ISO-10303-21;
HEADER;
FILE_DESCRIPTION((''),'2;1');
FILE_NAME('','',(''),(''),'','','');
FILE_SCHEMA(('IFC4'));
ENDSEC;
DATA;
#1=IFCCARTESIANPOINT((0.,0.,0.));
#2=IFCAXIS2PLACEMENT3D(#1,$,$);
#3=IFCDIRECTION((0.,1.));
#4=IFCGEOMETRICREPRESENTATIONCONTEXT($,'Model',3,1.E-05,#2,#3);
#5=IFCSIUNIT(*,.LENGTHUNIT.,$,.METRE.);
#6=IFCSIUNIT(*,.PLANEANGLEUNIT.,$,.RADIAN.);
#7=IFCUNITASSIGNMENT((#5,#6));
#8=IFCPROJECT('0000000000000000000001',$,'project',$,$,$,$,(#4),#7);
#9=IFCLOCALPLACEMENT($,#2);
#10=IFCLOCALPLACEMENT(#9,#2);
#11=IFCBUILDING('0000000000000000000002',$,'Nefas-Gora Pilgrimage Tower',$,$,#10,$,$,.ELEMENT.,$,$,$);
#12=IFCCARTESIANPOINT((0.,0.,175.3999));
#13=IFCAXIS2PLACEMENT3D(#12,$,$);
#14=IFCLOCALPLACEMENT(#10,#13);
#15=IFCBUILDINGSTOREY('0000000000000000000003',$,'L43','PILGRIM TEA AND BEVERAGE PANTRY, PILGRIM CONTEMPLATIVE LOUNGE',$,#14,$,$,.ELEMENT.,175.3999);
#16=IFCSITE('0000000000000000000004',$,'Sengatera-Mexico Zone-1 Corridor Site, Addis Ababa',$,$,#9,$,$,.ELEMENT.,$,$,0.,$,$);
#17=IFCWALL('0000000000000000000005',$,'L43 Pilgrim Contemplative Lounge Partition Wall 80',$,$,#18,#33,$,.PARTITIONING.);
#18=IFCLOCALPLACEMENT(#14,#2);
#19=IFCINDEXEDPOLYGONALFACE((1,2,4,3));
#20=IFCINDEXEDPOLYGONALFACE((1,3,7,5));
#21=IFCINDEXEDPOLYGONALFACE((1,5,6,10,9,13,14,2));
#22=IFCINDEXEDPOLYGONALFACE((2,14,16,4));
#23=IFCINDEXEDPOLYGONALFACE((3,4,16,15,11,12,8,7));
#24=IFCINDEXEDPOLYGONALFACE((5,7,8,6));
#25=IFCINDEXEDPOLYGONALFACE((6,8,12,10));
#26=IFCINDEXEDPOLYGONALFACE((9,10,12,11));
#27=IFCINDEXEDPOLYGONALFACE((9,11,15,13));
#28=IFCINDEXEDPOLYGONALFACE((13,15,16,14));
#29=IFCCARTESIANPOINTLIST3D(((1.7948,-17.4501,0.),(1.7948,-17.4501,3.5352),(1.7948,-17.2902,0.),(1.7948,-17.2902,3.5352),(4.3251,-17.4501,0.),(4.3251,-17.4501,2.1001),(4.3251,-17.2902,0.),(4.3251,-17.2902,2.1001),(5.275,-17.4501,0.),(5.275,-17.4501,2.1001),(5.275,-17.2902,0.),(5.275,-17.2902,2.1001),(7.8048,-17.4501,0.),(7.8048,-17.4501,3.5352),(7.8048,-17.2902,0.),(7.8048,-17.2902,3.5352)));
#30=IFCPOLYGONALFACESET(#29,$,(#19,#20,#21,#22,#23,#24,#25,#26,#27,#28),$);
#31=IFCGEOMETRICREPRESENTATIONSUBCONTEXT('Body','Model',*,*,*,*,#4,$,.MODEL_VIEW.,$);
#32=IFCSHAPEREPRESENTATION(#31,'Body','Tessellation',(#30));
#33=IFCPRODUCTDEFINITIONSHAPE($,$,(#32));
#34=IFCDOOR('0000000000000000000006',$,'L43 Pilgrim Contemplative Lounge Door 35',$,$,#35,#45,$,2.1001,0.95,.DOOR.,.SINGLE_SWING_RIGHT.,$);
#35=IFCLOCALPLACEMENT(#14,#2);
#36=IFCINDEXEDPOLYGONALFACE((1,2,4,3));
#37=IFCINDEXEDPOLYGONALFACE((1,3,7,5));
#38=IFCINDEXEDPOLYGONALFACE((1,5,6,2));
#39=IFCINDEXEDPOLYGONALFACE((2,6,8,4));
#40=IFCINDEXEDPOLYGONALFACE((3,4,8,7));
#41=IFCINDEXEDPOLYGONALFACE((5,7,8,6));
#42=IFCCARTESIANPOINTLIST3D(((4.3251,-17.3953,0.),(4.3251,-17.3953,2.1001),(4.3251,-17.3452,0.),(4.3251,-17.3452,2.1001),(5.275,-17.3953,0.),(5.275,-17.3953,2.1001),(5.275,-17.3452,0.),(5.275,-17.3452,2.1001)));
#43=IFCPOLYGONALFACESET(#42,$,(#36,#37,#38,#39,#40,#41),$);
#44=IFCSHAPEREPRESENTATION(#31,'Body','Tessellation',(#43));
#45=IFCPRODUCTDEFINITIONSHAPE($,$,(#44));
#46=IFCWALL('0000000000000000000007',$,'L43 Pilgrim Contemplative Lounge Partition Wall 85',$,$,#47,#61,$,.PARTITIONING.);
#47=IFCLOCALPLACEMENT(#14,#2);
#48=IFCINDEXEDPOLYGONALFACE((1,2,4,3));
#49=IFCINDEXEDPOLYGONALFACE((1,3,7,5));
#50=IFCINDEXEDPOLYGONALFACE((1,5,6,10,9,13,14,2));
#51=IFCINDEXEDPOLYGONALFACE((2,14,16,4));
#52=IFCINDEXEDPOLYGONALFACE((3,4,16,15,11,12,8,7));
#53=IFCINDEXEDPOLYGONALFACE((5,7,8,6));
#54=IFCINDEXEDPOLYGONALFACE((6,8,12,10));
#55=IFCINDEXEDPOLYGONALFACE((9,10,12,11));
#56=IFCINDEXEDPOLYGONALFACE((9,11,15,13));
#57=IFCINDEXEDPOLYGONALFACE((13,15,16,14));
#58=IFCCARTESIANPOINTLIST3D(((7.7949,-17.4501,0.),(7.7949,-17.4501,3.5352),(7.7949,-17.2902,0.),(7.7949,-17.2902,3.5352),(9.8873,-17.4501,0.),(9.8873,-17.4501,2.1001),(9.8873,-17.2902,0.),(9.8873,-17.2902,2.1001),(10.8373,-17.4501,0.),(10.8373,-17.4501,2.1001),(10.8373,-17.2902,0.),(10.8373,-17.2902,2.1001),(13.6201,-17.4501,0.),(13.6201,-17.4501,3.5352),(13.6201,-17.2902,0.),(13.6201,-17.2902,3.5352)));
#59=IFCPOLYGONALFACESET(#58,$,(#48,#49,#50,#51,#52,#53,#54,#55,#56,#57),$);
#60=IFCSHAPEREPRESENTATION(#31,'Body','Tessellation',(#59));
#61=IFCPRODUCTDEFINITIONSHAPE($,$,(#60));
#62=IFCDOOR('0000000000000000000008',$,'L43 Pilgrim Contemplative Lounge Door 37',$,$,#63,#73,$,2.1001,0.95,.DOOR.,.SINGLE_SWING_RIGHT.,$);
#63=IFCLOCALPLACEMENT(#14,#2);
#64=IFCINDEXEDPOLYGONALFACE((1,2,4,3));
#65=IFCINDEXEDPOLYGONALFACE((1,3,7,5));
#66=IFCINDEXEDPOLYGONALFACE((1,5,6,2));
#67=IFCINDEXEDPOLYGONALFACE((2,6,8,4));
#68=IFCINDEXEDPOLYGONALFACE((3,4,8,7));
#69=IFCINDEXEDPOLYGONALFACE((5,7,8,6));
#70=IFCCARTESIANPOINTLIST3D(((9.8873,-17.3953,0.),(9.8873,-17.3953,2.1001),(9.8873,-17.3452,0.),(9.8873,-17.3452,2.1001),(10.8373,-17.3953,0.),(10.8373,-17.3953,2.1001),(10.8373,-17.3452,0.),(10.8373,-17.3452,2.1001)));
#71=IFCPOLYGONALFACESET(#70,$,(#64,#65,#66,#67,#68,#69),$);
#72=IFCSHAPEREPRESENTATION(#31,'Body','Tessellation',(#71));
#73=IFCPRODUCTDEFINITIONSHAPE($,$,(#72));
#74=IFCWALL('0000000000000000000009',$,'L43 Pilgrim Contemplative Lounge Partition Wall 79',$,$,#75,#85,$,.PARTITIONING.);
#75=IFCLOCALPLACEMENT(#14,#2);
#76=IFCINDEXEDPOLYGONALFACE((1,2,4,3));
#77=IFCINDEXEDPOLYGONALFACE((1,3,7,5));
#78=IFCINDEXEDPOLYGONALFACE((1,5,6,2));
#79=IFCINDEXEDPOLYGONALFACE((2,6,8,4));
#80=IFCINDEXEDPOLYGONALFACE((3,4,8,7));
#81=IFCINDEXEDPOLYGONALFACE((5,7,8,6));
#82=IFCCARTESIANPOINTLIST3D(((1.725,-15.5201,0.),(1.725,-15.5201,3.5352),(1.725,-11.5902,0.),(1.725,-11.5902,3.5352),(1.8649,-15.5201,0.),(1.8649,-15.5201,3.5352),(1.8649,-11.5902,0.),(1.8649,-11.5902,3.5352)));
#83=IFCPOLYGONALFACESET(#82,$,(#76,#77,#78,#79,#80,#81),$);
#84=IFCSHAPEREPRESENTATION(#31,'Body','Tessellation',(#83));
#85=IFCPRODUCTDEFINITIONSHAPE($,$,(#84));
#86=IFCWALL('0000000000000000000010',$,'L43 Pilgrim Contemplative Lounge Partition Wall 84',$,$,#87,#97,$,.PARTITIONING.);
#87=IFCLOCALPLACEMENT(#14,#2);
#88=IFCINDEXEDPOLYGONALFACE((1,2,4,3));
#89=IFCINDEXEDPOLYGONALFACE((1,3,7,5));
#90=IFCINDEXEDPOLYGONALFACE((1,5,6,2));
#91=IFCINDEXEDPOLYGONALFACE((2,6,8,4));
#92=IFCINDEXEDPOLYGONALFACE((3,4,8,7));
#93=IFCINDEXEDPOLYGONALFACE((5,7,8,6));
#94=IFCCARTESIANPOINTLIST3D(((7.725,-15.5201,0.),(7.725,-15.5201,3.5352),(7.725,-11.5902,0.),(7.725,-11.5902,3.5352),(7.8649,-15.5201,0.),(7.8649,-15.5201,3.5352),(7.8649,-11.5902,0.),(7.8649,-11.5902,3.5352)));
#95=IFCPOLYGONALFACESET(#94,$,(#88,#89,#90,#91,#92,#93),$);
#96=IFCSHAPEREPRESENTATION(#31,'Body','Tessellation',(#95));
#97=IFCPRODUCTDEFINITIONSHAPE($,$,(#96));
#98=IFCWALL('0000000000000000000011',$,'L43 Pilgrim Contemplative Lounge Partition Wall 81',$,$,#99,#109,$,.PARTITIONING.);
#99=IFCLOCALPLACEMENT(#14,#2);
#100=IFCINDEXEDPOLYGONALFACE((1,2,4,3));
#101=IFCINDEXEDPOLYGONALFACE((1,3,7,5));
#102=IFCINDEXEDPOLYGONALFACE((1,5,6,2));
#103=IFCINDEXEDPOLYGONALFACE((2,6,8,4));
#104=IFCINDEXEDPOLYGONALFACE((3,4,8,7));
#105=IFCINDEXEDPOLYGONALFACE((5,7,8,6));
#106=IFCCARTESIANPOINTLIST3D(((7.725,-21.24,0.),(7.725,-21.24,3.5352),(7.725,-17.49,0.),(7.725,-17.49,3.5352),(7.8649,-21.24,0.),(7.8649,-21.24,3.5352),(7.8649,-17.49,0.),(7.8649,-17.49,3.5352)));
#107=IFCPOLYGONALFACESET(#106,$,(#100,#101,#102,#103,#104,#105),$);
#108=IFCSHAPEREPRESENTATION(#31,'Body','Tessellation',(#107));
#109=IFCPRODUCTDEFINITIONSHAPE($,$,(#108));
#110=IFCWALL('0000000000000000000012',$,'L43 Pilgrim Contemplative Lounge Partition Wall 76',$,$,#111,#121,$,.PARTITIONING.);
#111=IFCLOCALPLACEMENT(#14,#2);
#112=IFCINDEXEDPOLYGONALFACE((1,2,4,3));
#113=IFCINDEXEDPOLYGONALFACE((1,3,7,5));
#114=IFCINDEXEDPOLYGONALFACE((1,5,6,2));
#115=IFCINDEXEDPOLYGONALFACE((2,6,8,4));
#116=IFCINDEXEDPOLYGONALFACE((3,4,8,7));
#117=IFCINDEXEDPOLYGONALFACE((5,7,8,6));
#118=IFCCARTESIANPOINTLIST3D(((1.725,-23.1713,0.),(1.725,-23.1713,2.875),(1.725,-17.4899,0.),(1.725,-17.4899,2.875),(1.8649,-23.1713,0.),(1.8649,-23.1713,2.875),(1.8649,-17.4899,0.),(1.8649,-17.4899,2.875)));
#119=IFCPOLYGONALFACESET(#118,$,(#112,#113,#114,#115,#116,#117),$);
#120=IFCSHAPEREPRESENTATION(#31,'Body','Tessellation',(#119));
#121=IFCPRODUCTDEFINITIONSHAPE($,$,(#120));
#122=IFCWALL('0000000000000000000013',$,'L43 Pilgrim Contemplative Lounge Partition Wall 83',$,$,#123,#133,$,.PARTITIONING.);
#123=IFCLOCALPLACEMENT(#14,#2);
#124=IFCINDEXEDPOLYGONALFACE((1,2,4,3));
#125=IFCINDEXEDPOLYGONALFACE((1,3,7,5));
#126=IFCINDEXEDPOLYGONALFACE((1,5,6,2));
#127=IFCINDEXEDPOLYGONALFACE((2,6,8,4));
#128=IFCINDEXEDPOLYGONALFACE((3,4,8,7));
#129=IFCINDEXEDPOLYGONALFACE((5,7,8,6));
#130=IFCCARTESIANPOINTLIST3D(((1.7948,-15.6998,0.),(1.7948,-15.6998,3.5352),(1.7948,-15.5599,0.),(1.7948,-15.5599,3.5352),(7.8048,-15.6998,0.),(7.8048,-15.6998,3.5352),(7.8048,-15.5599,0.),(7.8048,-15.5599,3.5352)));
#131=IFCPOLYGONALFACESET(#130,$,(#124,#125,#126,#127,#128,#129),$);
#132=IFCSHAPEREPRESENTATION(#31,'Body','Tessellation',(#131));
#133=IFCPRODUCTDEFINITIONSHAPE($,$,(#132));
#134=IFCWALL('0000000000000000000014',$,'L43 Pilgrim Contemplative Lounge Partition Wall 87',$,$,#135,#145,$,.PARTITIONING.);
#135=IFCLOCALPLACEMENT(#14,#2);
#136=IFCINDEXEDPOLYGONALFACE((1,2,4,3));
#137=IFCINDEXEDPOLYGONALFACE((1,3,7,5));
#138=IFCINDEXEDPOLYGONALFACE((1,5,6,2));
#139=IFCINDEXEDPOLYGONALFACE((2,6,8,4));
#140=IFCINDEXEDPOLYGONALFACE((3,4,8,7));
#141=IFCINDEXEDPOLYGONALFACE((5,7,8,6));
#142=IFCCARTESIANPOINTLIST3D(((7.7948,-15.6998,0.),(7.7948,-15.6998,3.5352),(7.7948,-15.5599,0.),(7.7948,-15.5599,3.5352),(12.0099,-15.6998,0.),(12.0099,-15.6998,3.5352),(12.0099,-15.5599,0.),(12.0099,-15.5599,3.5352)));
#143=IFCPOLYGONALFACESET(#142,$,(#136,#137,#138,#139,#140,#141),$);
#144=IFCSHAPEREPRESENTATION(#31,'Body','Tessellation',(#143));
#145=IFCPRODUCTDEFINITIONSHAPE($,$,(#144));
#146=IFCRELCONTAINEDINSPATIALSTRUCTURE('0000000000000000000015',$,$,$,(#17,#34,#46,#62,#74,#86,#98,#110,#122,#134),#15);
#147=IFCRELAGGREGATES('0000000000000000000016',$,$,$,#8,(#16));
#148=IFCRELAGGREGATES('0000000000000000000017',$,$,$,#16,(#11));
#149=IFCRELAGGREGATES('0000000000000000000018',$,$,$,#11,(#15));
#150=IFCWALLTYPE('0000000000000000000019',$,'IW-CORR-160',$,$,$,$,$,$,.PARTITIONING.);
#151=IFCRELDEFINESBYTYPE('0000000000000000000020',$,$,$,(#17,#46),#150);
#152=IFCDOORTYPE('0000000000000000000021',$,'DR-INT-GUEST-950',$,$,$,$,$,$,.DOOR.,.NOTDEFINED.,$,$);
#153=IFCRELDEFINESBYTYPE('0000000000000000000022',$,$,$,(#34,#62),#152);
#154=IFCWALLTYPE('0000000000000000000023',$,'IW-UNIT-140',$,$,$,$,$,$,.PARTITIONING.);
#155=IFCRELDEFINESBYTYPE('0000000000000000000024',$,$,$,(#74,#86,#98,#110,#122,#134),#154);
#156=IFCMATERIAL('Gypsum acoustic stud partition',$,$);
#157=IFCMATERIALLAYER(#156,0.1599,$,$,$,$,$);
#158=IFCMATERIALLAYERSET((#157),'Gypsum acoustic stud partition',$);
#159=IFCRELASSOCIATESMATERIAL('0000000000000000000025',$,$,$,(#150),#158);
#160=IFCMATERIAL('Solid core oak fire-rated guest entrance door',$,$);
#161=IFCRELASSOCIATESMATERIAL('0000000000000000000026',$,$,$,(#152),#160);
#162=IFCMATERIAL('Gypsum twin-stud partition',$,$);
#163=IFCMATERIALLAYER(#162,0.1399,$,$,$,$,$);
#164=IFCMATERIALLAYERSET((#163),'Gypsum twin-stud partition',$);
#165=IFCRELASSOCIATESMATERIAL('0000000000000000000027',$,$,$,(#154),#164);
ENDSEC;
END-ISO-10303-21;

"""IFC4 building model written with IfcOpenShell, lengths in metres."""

from ifc_helpers import new_model, si_unit, direction, frame, frame_2d, origin, place, context, subcontext, project, spatial, rectangle, extrude, source, transform, mapped, material, layer, layer_set, type_object, element, fill, save


model = new_model("IFC4")

# Units and contexts
model_context = context("Model", 3, precision=1e-05, world=origin(), true_north=direction((0.0, 1.0)))
body_context = subcontext(model_context, "Body", "Model", "MODEL_VIEW")
ifc_project = project(units=[si_unit("LENGTHUNIT", "METRE"), si_unit("PLANEANGLEUNIT", "RADIAN")], contexts=[model_context])

# Site, building, storey
site_placement = place(None, origin())
site = spatial("IfcSite", under=ifc_project, at=site_placement, Name="Sengatera-Mexico Zone-1 Corridor Site, Addis Ababa", CompositionType="ELEMENT", RefElevation=0.0)
building_placement = place(site_placement, origin())
building = spatial("IfcBuilding", under=site, at=building_placement, Name="Nefas-Gora Pilgrimage Tower", CompositionType="ELEMENT")
storey_placement = place(building_placement, frame((0.0, 0.0, 175.3999)))
storey = spatial("IfcBuildingStorey", under=building, at=storey_placement, Name="L43", Description="PILGRIM TEA AND BEVERAGE PANTRY, PILGRIM CONTEMPLATIVE LOUNGE", CompositionType="ELEMENT", Elevation=175.3999)

# Walls, openings, doors
ifc_material_1 = material(Name="Gypsum acoustic stud partition")
ifc_layer_1 = layer(ifc_material_1, 0.1599)
ifc_layer_set_1 = layer_set([ifc_layer_1], Name="Gypsum acoustic stud partition")
wall_type_1 = type_object("IfcWallType", Name="IW-CORR-160", PredefinedType="PARTITIONING", material=ifc_layer_set_1)
shared_shape_1 = source(origin(), body_context, "Body", "SweptSolid", [
    extrude(rectangle(XDim=6.01, YDim=0.1599, at=frame_2d((3.0049, 0.0))), origin(), (0.0, 0.0, 1.0), 3.5352),
])
wall_1_placement = place(storey_placement, frame((1.7949, -17.3701, 0.0), z_axis=(0.0, 0.0, 1.0), x_axis=(1.0, 0.0, 0.0)))
wall_1 = element("IfcWall", 1, at=wall_1_placement, inside=storey, type_object=wall_type_1, Name="L43 Pilgrim Contemplative Lounge Partition Wall 80", PredefinedType="PARTITIONING", context=body_context, shape_type="MappedRepresentation", body=[
    mapped(shared_shape_1, transform((0.0, 0.0, 0.0), x_axis=(1.0, 0.0, 0.0), y_axis=(0.0, 1.0, 0.0), z_axis=(0.0, 0.0, 1.0), scale=1.0)),
])
opening_1_placement = place(wall_1_placement, frame((2.53, 0.0, 0.0)))
opening_1 = element("IfcOpeningElement", 2, at=opening_1_placement, cuts=wall_1, PredefinedType="OPENING", context=body_context, shape_type="SweptSolid", body=[
    extrude(rectangle(XDim=0.95, YDim=2.1001, at=frame_2d((0.4751, 1.05))), frame((0.0, 0.0898, 0.0), z_axis=(0.0, -1.0, 0.0), x_axis=(1.0, 0.0, 0.0)), (0.0, 0.0, 1.0), 0.1799),
])
ifc_material_2 = material(Name="Solid core oak fire-rated guest entrance door")
door_type = type_object("IfcDoorType", Name="DR-INT-GUEST-950", OperationType="NOTDEFINED", PredefinedType="DOOR", material=ifc_material_2)
shared_shape_2 = source(origin(), body_context, "Body", "SweptSolid", [
    extrude(rectangle(XDim=0.95, YDim=2.1001, at=frame_2d((0.4751, 1.05))), frame((0.0, 0.0249, 0.0), z_axis=(0.0, -1.0, 0.0), x_axis=(1.0, 0.0, 0.0)), (0.0, 0.0, 1.0), 0.05),
])
door_1_placement = place(opening_1_placement, origin())
door_1 = element("IfcDoor", 3, at=door_1_placement, inside=storey, type_object=door_type, Name="L43 Pilgrim Contemplative Lounge Door 35", OperationType="SINGLE_SWING_RIGHT", OverallHeight=2.1001, OverallWidth=0.95, PredefinedType="DOOR", context=body_context, shape_type="MappedRepresentation", body=[
    mapped(shared_shape_2, transform((0.0, 0.0, 0.0), x_axis=(1.0, 0.0, 0.0), y_axis=(0.0, 1.0, 0.0), z_axis=(0.0, 0.0, 1.0), scale=1.0)),
])
fill(opening_1, door_1)
shared_shape_3 = source(origin(), body_context, "Body", "SweptSolid", [
    extrude(rectangle(XDim=5.8252, YDim=0.1599, at=frame_2d((2.9126, 0.0))), origin(), (0.0, 0.0, 1.0), 3.5352),
])
wall_2_placement = place(storey_placement, frame((7.7949, -17.3701, 0.0), z_axis=(0.0, 0.0, 1.0), x_axis=(1.0, 0.0, 0.0)))
wall_2 = element("IfcWall", 4, at=wall_2_placement, inside=storey, type_object=wall_type_1, Name="L43 Pilgrim Contemplative Lounge Partition Wall 85", PredefinedType="PARTITIONING", context=body_context, shape_type="MappedRepresentation", body=[
    mapped(shared_shape_3, transform((0.0, 0.0, 0.0), x_axis=(1.0, 0.0, 0.0), y_axis=(0.0, 1.0, 0.0), z_axis=(0.0, 0.0, 1.0), scale=1.0)),
])
opening_2_placement = place(wall_2_placement, frame((2.0923, 0.0, 0.0)))
opening_2 = element("IfcOpeningElement", 5, at=opening_2_placement, cuts=wall_2, PredefinedType="OPENING", context=body_context, shape_type="SweptSolid", body=[
    extrude(rectangle(XDim=0.95, YDim=2.1001, at=frame_2d((0.4751, 1.05))), frame((0.0, 0.0898, 0.0), z_axis=(0.0, -1.0, 0.0), x_axis=(1.0, 0.0, 0.0)), (0.0, 0.0, 1.0), 0.1799),
])
door_2_placement = place(opening_2_placement, origin())
door_2 = element("IfcDoor", 6, at=door_2_placement, inside=storey, type_object=door_type, Name="L43 Pilgrim Contemplative Lounge Door 37", OperationType="SINGLE_SWING_RIGHT", OverallHeight=2.1001, OverallWidth=0.95, PredefinedType="DOOR", context=body_context, shape_type="MappedRepresentation", body=[
    mapped(shared_shape_2, transform((0.0, 0.0, 0.0), x_axis=(1.0, 0.0, 0.0), y_axis=(0.0, 1.0, 0.0), z_axis=(0.0, 0.0, 1.0), scale=1.0)),
])
fill(opening_2, door_2)

# Walls
ifc_material_3 = material(Name="Gypsum twin-stud partition")
ifc_layer_2 = layer(ifc_material_3, 0.1399)
ifc_layer_set_2 = layer_set([ifc_layer_2], Name="Gypsum twin-stud partition")
wall_type_2 = type_object("IfcWallType", Name="IW-UNIT-140", PredefinedType="PARTITIONING", material=ifc_layer_set_2)
shared_shape_4 = source(origin(), body_context, "Body", "SweptSolid", [
    extrude(rectangle(XDim=3.9299, YDim=0.1399, at=frame_2d((1.9648, 0.0))), origin(), (0.0, 0.0, 1.0), 3.5352),
])
for number, where, z_axis, x_axis, name in (
    (7, (1.7949, -15.52, 0.0), (0.0, 0.0, 1.0), (0.0, 1.0, 0.0), "L43 Pilgrim Contemplative Lounge Partition Wall 79"),
    (8, (7.7949, -15.52, 0.0), (0.0, 0.0, 1.0), (0.0, 1.0, 0.0), "L43 Pilgrim Contemplative Lounge Partition Wall 84"),
):
    element("IfcWall", number, at=place(storey_placement, frame(where, z_axis=z_axis, x_axis=x_axis)), inside=storey, type_object=wall_type_2, Name=name, PredefinedType="PARTITIONING", context=body_context, shape_type="MappedRepresentation", body=[
        mapped(shared_shape_4, transform((0.0, 0.0, 0.0), x_axis=(1.0, 0.0, 0.0), y_axis=(0.0, 1.0, 0.0), z_axis=(0.0, 0.0, 1.0), scale=1.0)),
    ])
shared_shape_5 = source(origin(), body_context, "Body", "SweptSolid", [
    extrude(rectangle(XDim=3.75, YDim=0.1399, at=frame_2d((1.875, 0.0))), origin(), (0.0, 0.0, 1.0), 3.5352),
])
wall_3_placement = place(storey_placement, frame((7.7949, -21.24, 0.0), z_axis=(0.0, 0.0, 1.0), x_axis=(0.0, 1.0, 0.0)))
element("IfcWall", 9, at=wall_3_placement, inside=storey, type_object=wall_type_2, Name="L43 Pilgrim Contemplative Lounge Partition Wall 81", PredefinedType="PARTITIONING", context=body_context, shape_type="MappedRepresentation", body=[
    mapped(shared_shape_5, transform((0.0, 0.0, 0.0), x_axis=(1.0, 0.0, 0.0), y_axis=(0.0, 1.0, 0.0), z_axis=(0.0, 0.0, 1.0), scale=1.0)),
])
shared_shape_6 = source(origin(), body_context, "Body", "SweptSolid", [
    extrude(rectangle(XDim=5.6814, YDim=0.1399, at=frame_2d((2.8408, 0.0))), origin(), (0.0, 0.0, 1.0), 2.875),
])
wall_4_placement = place(storey_placement, frame((1.7949, -23.1714, 0.0), z_axis=(0.0, 0.0, 1.0), x_axis=(0.0, 1.0, 0.0)))
element("IfcWall", 10, at=wall_4_placement, inside=storey, type_object=wall_type_2, Name="L43 Pilgrim Contemplative Lounge Partition Wall 76", PredefinedType="PARTITIONING", context=body_context, shape_type="MappedRepresentation", body=[
    mapped(shared_shape_6, transform((0.0, 0.0, 0.0), x_axis=(1.0, 0.0, 0.0), y_axis=(0.0, 1.0, 0.0), z_axis=(0.0, 0.0, 1.0), scale=1.0)),
])
shared_shape_7 = source(origin(), body_context, "Body", "SweptSolid", [
    extrude(rectangle(XDim=6.01, YDim=0.1399, at=frame_2d((3.0049, 0.0))), origin(), (0.0, 0.0, 1.0), 3.5352),
])
wall_5_placement = place(storey_placement, frame((1.7949, -15.6299, 0.0), z_axis=(0.0, 0.0, 1.0), x_axis=(1.0, 0.0, 0.0)))
element("IfcWall", 11, at=wall_5_placement, inside=storey, type_object=wall_type_2, Name="L43 Pilgrim Contemplative Lounge Partition Wall 83", PredefinedType="PARTITIONING", context=body_context, shape_type="MappedRepresentation", body=[
    mapped(shared_shape_7, transform((0.0, 0.0, 0.0), x_axis=(1.0, 0.0, 0.0), y_axis=(0.0, 1.0, 0.0), z_axis=(0.0, 0.0, 1.0), scale=1.0)),
])
shared_shape_8 = source(origin(), body_context, "Body", "SweptSolid", [
    extrude(rectangle(XDim=4.2151, YDim=0.1399, at=frame_2d((2.1074, 0.0))), origin(), (0.0, 0.0, 1.0), 3.5352),
])
wall_6_placement = place(storey_placement, frame((7.7949, -15.6299, 0.0), z_axis=(0.0, 0.0, 1.0), x_axis=(1.0, 0.0, 0.0)))
element("IfcWall", 12, at=wall_6_placement, inside=storey, type_object=wall_type_2, Name="L43 Pilgrim Contemplative Lounge Partition Wall 87", PredefinedType="PARTITIONING", context=body_context, shape_type="MappedRepresentation", body=[
    mapped(shared_shape_8, transform((0.0, 0.0, 0.0), x_axis=(1.0, 0.0, 0.0), y_axis=(0.0, 1.0, 0.0), z_axis=(0.0, 0.0, 1.0), scale=1.0)),
])

save(model, "model.ifc")
